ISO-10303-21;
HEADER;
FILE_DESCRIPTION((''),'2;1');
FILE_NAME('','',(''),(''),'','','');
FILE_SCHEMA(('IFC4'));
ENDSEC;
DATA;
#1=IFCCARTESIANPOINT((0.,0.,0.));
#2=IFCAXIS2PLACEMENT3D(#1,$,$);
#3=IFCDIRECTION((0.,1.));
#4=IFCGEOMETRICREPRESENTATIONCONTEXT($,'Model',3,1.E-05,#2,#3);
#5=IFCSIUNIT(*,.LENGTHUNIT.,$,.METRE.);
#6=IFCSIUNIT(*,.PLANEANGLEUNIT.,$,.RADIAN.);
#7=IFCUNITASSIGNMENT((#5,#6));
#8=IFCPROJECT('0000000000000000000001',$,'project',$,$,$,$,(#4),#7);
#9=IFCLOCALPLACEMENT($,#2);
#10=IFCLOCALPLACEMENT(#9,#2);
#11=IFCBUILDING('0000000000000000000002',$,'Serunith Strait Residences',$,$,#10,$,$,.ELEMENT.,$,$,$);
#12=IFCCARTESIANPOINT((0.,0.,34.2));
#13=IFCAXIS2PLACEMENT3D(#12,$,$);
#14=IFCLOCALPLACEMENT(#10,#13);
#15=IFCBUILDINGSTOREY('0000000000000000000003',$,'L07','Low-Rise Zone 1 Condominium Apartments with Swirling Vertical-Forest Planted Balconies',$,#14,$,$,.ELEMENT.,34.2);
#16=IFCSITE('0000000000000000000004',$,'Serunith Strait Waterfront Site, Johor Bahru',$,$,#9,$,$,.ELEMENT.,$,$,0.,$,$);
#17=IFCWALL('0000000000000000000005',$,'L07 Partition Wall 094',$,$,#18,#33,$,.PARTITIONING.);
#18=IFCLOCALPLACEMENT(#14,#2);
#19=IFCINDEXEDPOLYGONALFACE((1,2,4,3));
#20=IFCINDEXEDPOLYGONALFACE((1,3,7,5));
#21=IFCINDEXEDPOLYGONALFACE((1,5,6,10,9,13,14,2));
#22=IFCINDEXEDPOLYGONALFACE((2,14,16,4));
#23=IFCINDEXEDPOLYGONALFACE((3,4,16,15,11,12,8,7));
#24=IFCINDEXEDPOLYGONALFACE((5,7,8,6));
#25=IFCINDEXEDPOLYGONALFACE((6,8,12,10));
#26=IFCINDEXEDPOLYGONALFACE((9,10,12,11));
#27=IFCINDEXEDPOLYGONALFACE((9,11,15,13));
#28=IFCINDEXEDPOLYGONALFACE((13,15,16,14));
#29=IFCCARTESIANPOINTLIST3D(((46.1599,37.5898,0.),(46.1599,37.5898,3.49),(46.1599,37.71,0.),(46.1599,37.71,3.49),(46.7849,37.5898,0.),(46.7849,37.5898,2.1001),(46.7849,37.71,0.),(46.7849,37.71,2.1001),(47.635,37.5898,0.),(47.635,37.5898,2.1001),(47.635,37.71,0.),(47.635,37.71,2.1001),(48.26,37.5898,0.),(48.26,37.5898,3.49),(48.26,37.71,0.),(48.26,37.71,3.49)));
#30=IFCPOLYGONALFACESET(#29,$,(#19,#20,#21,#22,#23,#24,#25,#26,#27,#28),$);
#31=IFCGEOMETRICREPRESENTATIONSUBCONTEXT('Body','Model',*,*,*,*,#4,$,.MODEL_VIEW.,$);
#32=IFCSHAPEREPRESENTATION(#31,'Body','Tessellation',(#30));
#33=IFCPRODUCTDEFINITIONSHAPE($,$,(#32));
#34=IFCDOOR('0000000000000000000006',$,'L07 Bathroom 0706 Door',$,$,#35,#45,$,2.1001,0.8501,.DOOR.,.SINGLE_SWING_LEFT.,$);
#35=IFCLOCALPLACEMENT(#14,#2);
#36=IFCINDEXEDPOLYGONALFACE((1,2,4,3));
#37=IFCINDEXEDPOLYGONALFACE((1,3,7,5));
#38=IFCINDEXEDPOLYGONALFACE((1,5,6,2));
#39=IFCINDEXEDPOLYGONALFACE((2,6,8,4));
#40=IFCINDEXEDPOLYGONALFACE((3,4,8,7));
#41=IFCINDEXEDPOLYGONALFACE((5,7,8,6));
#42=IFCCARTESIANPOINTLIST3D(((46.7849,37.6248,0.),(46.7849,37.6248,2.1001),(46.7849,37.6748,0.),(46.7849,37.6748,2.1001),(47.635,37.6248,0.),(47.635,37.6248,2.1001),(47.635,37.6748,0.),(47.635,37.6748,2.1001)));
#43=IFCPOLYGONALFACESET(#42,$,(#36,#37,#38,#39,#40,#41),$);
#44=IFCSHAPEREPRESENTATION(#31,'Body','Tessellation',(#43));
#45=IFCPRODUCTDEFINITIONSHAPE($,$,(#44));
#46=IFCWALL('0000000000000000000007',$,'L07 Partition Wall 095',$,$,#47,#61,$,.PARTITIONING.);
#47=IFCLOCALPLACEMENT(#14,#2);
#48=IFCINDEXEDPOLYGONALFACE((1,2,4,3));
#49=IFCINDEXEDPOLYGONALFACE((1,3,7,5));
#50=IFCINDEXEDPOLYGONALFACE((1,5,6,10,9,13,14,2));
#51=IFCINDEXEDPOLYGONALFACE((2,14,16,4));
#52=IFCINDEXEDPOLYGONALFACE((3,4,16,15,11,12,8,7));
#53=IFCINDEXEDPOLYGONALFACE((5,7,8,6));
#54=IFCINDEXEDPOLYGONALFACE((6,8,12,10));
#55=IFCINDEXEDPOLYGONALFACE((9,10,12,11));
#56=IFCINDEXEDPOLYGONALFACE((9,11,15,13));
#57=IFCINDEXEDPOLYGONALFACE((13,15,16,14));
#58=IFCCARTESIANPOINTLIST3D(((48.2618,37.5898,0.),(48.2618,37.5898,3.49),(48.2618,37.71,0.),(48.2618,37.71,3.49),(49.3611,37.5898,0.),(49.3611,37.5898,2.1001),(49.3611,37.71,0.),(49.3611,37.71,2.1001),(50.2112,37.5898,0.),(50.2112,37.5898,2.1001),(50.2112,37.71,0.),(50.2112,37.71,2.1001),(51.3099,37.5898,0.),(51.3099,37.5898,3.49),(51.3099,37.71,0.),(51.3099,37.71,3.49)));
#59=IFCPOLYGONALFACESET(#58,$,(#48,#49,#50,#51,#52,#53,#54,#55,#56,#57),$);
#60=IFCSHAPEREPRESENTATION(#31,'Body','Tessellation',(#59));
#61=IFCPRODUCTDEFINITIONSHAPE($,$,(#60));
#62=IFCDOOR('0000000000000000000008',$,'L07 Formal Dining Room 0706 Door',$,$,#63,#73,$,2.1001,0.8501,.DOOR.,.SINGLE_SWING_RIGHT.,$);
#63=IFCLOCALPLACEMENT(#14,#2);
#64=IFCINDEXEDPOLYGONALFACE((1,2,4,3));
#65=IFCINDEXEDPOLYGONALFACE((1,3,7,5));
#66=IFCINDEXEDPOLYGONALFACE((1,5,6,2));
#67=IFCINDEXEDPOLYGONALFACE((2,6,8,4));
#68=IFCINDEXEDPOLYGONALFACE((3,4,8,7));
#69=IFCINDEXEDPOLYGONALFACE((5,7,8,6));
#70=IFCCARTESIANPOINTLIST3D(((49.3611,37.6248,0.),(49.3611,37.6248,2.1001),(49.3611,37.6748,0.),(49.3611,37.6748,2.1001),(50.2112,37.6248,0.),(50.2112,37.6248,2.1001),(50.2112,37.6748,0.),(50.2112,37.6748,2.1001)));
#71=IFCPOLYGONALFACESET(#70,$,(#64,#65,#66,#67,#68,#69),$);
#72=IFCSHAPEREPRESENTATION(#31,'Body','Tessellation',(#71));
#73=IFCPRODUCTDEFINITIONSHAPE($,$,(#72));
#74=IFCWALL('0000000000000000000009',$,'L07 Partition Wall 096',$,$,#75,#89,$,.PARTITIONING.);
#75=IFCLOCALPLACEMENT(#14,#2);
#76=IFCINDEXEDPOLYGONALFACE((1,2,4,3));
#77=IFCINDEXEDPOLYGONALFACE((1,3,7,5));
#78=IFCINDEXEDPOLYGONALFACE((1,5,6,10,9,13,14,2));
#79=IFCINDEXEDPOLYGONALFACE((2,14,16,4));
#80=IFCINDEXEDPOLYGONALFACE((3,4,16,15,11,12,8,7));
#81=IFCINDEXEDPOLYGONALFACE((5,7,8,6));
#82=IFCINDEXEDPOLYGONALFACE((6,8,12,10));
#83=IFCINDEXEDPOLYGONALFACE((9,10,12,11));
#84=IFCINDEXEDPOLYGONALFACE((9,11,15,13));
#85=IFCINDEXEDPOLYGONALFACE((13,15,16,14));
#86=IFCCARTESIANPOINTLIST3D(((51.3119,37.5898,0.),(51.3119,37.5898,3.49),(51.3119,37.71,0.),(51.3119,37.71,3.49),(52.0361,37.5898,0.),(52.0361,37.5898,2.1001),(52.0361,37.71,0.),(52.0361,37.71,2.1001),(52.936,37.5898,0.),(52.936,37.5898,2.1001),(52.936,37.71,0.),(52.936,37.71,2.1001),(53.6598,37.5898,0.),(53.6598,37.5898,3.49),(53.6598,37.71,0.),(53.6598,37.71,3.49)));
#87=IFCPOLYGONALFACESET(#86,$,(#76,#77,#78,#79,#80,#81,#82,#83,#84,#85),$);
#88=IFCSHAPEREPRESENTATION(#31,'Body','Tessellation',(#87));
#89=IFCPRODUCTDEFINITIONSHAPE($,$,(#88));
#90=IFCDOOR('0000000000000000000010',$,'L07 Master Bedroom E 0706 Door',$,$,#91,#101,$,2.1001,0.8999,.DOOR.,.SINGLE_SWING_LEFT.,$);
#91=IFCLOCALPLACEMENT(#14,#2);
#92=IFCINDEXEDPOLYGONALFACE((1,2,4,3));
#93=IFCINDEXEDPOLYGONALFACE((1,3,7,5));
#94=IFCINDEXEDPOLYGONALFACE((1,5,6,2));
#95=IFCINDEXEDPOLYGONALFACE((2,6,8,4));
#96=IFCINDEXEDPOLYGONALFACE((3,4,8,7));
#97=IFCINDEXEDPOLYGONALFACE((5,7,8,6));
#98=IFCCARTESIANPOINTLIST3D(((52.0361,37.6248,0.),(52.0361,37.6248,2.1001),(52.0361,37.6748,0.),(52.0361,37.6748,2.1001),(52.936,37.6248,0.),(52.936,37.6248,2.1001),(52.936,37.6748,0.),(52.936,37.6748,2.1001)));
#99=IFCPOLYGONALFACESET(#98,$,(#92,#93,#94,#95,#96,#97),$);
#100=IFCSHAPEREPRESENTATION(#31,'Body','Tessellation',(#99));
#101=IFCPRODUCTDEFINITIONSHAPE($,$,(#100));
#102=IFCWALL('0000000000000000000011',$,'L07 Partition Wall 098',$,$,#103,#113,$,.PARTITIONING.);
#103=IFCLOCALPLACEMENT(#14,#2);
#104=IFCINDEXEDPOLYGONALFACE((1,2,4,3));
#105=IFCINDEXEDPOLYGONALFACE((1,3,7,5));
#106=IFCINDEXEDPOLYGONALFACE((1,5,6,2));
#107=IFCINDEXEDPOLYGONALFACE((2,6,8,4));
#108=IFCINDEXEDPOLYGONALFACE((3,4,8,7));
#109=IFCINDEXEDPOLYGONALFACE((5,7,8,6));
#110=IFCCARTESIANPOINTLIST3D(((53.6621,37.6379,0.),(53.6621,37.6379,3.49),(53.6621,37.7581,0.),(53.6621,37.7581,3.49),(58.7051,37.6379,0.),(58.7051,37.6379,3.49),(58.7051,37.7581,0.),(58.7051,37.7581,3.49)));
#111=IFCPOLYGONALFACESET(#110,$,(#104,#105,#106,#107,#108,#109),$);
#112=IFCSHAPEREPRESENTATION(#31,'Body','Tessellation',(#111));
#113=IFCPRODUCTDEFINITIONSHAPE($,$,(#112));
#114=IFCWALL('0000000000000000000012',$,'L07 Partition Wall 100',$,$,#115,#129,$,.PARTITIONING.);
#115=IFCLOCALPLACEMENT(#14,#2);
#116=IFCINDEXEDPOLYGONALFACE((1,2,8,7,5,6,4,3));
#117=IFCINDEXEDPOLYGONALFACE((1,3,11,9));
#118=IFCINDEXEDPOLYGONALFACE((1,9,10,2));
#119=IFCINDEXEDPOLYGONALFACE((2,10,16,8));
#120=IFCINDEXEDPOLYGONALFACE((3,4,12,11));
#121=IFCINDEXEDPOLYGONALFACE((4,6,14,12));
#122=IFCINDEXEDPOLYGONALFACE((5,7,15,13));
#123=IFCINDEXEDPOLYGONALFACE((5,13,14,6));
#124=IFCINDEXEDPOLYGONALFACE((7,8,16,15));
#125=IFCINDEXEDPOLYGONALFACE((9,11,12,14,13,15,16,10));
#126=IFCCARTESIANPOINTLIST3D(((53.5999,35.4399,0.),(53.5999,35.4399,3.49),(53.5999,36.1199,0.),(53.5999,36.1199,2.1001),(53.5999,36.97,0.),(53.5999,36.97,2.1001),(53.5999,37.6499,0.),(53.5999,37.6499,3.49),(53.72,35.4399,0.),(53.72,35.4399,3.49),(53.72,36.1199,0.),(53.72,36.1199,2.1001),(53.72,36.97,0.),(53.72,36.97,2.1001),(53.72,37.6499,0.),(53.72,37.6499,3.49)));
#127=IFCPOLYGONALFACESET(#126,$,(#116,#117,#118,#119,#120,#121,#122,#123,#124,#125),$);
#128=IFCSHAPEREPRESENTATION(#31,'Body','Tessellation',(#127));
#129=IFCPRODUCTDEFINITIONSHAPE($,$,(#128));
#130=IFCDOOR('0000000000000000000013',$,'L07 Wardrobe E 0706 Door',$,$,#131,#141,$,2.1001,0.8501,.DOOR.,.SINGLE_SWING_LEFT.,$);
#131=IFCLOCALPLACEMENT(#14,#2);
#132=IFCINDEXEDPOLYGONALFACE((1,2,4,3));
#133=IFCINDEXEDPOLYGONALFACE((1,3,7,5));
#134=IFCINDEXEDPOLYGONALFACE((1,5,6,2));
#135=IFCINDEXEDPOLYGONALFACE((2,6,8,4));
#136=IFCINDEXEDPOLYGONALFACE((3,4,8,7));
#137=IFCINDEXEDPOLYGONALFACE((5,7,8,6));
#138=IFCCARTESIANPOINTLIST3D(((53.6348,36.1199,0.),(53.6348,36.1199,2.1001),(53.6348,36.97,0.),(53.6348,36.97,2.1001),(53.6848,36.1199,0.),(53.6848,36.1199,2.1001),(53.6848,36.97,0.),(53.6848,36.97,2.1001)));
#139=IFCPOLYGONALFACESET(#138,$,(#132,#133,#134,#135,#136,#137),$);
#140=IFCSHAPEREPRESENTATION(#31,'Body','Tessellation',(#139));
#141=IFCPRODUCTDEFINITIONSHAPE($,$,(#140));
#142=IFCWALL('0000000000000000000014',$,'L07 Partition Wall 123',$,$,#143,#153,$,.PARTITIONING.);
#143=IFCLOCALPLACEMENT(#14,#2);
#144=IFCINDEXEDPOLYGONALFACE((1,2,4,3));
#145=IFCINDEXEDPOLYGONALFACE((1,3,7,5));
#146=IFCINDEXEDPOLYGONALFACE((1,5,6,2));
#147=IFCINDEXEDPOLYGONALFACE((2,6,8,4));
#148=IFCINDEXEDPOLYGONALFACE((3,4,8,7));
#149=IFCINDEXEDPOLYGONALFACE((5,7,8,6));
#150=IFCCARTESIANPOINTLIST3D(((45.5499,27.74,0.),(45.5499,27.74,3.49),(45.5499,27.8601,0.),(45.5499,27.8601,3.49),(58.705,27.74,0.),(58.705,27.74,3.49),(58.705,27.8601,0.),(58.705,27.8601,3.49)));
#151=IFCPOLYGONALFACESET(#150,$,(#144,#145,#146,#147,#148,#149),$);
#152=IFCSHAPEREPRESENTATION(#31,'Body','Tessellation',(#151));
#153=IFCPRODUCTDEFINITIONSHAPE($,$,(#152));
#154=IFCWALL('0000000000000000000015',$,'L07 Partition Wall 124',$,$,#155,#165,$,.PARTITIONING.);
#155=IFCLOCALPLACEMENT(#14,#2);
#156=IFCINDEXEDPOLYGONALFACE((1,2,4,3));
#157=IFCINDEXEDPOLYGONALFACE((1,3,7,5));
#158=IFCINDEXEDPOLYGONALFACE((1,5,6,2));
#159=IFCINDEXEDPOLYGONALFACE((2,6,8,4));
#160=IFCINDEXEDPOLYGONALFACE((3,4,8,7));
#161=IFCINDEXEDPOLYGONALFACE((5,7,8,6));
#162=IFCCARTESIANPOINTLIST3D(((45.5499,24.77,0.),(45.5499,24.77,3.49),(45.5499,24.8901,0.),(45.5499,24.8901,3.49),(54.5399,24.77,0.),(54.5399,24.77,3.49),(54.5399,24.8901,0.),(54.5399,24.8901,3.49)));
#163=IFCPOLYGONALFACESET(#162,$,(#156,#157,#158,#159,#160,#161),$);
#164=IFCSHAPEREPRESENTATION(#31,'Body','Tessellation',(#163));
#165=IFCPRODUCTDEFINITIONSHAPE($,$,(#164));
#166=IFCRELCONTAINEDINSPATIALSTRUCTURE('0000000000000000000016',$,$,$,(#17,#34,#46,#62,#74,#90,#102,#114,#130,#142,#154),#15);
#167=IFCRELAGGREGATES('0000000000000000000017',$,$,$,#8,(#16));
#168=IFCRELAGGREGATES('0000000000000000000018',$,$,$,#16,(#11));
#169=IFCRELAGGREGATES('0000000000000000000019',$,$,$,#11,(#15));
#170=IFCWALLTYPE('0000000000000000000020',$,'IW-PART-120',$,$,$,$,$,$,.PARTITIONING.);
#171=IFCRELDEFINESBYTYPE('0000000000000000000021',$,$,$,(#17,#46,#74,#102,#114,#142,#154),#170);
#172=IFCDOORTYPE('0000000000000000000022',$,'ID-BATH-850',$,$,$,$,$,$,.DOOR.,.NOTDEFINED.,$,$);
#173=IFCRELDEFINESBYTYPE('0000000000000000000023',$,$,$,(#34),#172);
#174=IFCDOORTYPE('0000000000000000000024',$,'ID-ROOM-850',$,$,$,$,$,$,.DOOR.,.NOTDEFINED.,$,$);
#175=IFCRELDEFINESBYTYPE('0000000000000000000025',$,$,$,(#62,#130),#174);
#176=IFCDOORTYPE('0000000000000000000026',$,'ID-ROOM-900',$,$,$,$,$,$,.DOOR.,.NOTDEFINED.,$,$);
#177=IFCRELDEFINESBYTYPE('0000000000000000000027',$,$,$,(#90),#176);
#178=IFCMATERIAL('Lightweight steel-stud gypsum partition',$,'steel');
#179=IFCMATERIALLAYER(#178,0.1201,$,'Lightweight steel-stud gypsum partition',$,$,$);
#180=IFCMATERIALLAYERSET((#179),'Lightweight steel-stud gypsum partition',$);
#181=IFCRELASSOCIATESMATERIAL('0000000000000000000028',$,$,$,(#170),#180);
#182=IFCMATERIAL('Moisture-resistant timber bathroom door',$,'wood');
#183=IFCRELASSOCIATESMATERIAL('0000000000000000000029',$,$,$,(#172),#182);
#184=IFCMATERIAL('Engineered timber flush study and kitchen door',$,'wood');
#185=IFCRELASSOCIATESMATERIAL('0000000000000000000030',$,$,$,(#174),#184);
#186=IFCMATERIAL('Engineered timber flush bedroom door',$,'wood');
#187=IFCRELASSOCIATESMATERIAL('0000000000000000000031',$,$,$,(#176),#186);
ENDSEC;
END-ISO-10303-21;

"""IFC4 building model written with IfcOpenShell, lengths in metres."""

from ifc_helpers import new_model, si_unit, direction, frame, frame_2d, origin, place, context, subcontext, project, spatial, rectangle, extrude, source, transform, mapped, material, layer, layer_set, type_object, element, fill, save


model = new_model("IFC4")

# Units and contexts
model_context = context("Model", 3, precision=1e-05, world=origin(), true_north=direction((0.0, 1.0)))
body_context = subcontext(model_context, "Body", "Model", "MODEL_VIEW")
ifc_project = project(units=[si_unit("LENGTHUNIT", "METRE"), si_unit("PLANEANGLEUNIT", "RADIAN")], contexts=[model_context])

# Site, building, storey
site_placement = place(None, origin())
site = spatial("IfcSite", under=ifc_project, at=site_placement, Name="Serunith Strait Waterfront Site, Johor Bahru", CompositionType="ELEMENT", RefElevation=0.0)
building_placement = place(site_placement, origin())
building = spatial("IfcBuilding", under=site, at=building_placement, Name="Serunith Strait Residences", CompositionType="ELEMENT")
storey_placement = place(building_placement, frame((0.0, 0.0, 34.2)))
storey = spatial("IfcBuildingStorey", under=building, at=storey_placement, Name="L07", Description="Low-Rise Zone 1 Condominium Apartments with Swirling Vertical-Forest Planted Balconies", CompositionType="ELEMENT", Elevation=34.2)

# Walls, openings, doors
ifc_material_1 = material(Name="Lightweight steel-stud gypsum partition", Category="steel")
ifc_layer_1 = layer(ifc_material_1, 0.1201, Name="Lightweight steel-stud gypsum partition")
ifc_layer_set_1 = layer_set([ifc_layer_1], Name="Lightweight steel-stud gypsum partition")
wall_type = type_object("IfcWallType", Name="IW-PART-120", PredefinedType="PARTITIONING", material=ifc_layer_set_1)
wall_1_placement = place(storey_placement, frame((46.1599, 37.6499, 0.0), z_axis=(0.0, 0.0, 1.0), x_axis=(1.0, 0.0, 0.0)))
wall_1 = element("IfcWall", 1, at=wall_1_placement, inside=storey, type_object=wall_type, Name="L07 Partition Wall 094", PredefinedType="PARTITIONING", context=body_context, shape_type="SweptSolid", body=[
    extrude(rectangle(XDim=2.1001, YDim=0.1201, at=frame_2d((1.05, 0.0))), origin(), (0.0, 0.0, 1.0), 3.49),
])
opening_1_placement = place(wall_1_placement, frame((0.625, 0.0, 0.0)))
opening_1 = element("IfcOpeningElement", 2, at=opening_1_placement, cuts=wall_1, PredefinedType="OPENING", context=body_context, shape_type="SweptSolid", body=[
    extrude(rectangle(XDim=0.8501, YDim=2.1001, at=frame_2d((0.425, 1.05))), frame((0.0, 0.0701, 0.0), z_axis=(0.0, -1.0, 0.0), x_axis=(1.0, 0.0, 0.0)), (0.0, 0.0, 1.0), 0.1401),
])
ifc_material_2 = material(Name="Moisture-resistant timber bathroom door", Category="wood")
door_type_1 = type_object("IfcDoorType", Name="ID-BATH-850", OperationType="NOTDEFINED", PredefinedType="DOOR", material=ifc_material_2)
shared_shape_1 = source(origin(), body_context, "Body", "SweptSolid", [
    extrude(rectangle(XDim=0.8501, YDim=2.1001, at=frame_2d((0.425, 1.05))), frame((0.0, 0.0249, 0.0), z_axis=(0.0, -1.0, 0.0), x_axis=(1.0, 0.0, 0.0)), (0.0, 0.0, 1.0), 0.05),
])
door_1_placement = place(opening_1_placement, origin())
door_1 = element("IfcDoor", 3, at=door_1_placement, inside=storey, type_object=door_type_1, Name="L07 Bathroom 0706 Door", OperationType="SINGLE_SWING_LEFT", OverallHeight=2.1001, OverallWidth=0.8501, PredefinedType="DOOR", context=body_context, shape_type="MappedRepresentation", body=[
    mapped(shared_shape_1, transform((0.0, 0.0, 0.0), scale=1.0)),
])
fill(opening_1, door_1)
wall_2_placement = place(storey_placement, frame((48.262, 37.6499, 0.0), z_axis=(0.0, 0.0, 1.0), x_axis=(1.0, 0.0, 0.0)))
wall_2 = element("IfcWall", 4, at=wall_2_placement, inside=storey, type_object=wall_type, Name="L07 Partition Wall 095", PredefinedType="PARTITIONING", context=body_context, shape_type="SweptSolid", body=[
    extrude(rectangle(XDim=3.0481, YDim=0.1201, at=frame_2d((1.5239, 0.0))), origin(), (0.0, 0.0, 1.0), 3.49),
])
opening_2_placement = place(wall_2_placement, frame((1.0991, 0.0, 0.0)))
opening_2 = element("IfcOpeningElement", 5, at=opening_2_placement, cuts=wall_2, PredefinedType="OPENING", context=body_context, shape_type="SweptSolid", body=[
    extrude(rectangle(XDim=0.8501, YDim=2.1001, at=frame_2d((0.425, 1.05))), frame((0.0, 0.0701, 0.0), z_axis=(0.0, -1.0, 0.0), x_axis=(1.0, 0.0, 0.0)), (0.0, 0.0, 1.0), 0.1401),
])
ifc_material_3 = material(Name="Engineered timber flush study and kitchen door", Category="wood")
door_type_2 = type_object("IfcDoorType", Name="ID-ROOM-850", OperationType="NOTDEFINED", PredefinedType="DOOR", material=ifc_material_3)
door_2_placement = place(opening_2_placement, origin())
door_2 = element("IfcDoor", 6, at=door_2_placement, inside=storey, type_object=door_type_2, Name="L07 Formal Dining Room 0706 Door", OperationType="SINGLE_SWING_RIGHT", OverallHeight=2.1001, OverallWidth=0.8501, PredefinedType="DOOR", context=body_context, shape_type="MappedRepresentation", body=[
    mapped(shared_shape_1, transform((0.0, 0.0, 0.0), scale=1.0)),
])
fill(opening_2, door_2)
wall_3_placement = place(storey_placement, frame((51.312, 37.6499, 0.0), z_axis=(0.0, 0.0, 1.0), x_axis=(1.0, 0.0, 0.0)))
wall_3 = element("IfcWall", 7, at=wall_3_placement, inside=storey, type_object=wall_type, Name="L07 Partition Wall 096", PredefinedType="PARTITIONING", context=body_context, shape_type="SweptSolid", body=[
    extrude(rectangle(XDim=2.3479, YDim=0.1201, at=frame_2d((1.1738, 0.0))), origin(), (0.0, 0.0, 1.0), 3.49),
])
opening_3_placement = place(wall_3_placement, frame((0.7241, 0.0, 0.0)))
opening_3 = element("IfcOpeningElement", 8, at=opening_3_placement, cuts=wall_3, PredefinedType="OPENING", context=body_context, shape_type="SweptSolid", body=[
    extrude(rectangle(XDim=0.8999, YDim=2.1001, at=frame_2d((0.45, 1.05))), frame((0.0, 0.0701, 0.0), z_axis=(0.0, -1.0, 0.0), x_axis=(1.0, 0.0, 0.0)), (0.0, 0.0, 1.0), 0.1401),
])
ifc_material_4 = material(Name="Engineered timber flush bedroom door", Category="wood")
door_type_3 = type_object("IfcDoorType", Name="ID-ROOM-900", OperationType="NOTDEFINED", PredefinedType="DOOR", material=ifc_material_4)
shared_shape_2 = source(origin(), body_context, "Body", "SweptSolid", [
    extrude(rectangle(XDim=0.8999, YDim=2.1001, at=frame_2d((0.45, 1.05))), frame((0.0, 0.0249, 0.0), z_axis=(0.0, -1.0, 0.0), x_axis=(1.0, 0.0, 0.0)), (0.0, 0.0, 1.0), 0.05),
])
door_3_placement = place(opening_3_placement, origin())
door_3 = element("IfcDoor", 9, at=door_3_placement, inside=storey, type_object=door_type_3, Name="L07 Master Bedroom E 0706 Door", OperationType="SINGLE_SWING_LEFT", OverallHeight=2.1001, OverallWidth=0.8999, PredefinedType="DOOR", context=body_context, shape_type="MappedRepresentation", body=[
    mapped(shared_shape_2, transform((0.0, 0.0, 0.0), scale=1.0)),
])
fill(opening_3, door_3)

# Wall
wall_4_placement = place(storey_placement, frame((53.6621, 37.698, 0.0), z_axis=(0.0, 0.0, 1.0), x_axis=(1.0, 0.0, 0.0)))
element("IfcWall", 10, at=wall_4_placement, inside=storey, type_object=wall_type, Name="L07 Partition Wall 098", PredefinedType="PARTITIONING", context=body_context, shape_type="SweptSolid", body=[
    extrude(rectangle(XDim=5.043, YDim=0.1201, at=frame_2d((2.5215, 0.0))), origin(), (0.0, 0.0, 1.0), 3.49),
])

# Wall, opening, door
wall_5_placement = place(storey_placement, frame((53.6599, 37.6499, 0.0), z_axis=(0.0, 0.0, 1.0), x_axis=(0.0, -1.0, 0.0)))
wall_5 = element("IfcWall", 11, at=wall_5_placement, inside=storey, type_object=wall_type, Name="L07 Partition Wall 100", PredefinedType="PARTITIONING", context=body_context, shape_type="SweptSolid", body=[
    extrude(rectangle(XDim=2.21, YDim=0.1201, at=frame_2d((1.105, 0.0))), origin(), (0.0, 0.0, 1.0), 3.49),
])
opening_4_placement = place(wall_5_placement, frame((0.6799, 0.0, 0.0)))
opening_4 = element("IfcOpeningElement", 12, at=opening_4_placement, cuts=wall_5, PredefinedType="OPENING", context=body_context, shape_type="SweptSolid", body=[
    extrude(rectangle(XDim=0.8501, YDim=2.1001, at=frame_2d((0.425, 1.05))), frame((0.0, 0.0701, 0.0), z_axis=(0.0, -1.0, 0.0), x_axis=(1.0, 0.0, 0.0)), (0.0, 0.0, 1.0), 0.1401),
])
door_4_placement = place(opening_4_placement, origin())
door_4 = element("IfcDoor", 13, at=door_4_placement, inside=storey, type_object=door_type_2, Name="L07 Wardrobe E 0706 Door", OperationType="SINGLE_SWING_LEFT", OverallHeight=2.1001, OverallWidth=0.8501, PredefinedType="DOOR", context=body_context, shape_type="MappedRepresentation", body=[
    mapped(shared_shape_1, transform((0.0, 0.0, 0.0), scale=1.0)),
])
fill(opening_4, door_4)

# Walls
wall_6_placement = place(storey_placement, frame((58.7051, 27.8, 0.0), z_axis=(0.0, 0.0, 1.0), x_axis=(-1.0, 0.0, 0.0)))
element("IfcWall", 14, at=wall_6_placement, inside=storey, type_object=wall_type, Name="L07 Partition Wall 123", PredefinedType="PARTITIONING", context=body_context, shape_type="SweptSolid", body=[
    extrude(rectangle(XDim=13.155, YDim=0.1201, at=frame_2d((6.5776, 0.0))), origin(), (0.0, 0.0, 1.0), 3.49),
])
wall_7_placement = place(storey_placement, frame((54.54, 24.8301, 0.0), z_axis=(0.0, 0.0, 1.0), x_axis=(-1.0, 0.0, 0.0)))
element("IfcWall", 15, at=wall_7_placement, inside=storey, type_object=wall_type, Name="L07 Partition Wall 124", PredefinedType="PARTITIONING", context=body_context, shape_type="SweptSolid", body=[
    extrude(rectangle(XDim=8.99, YDim=0.1201, at=frame_2d((4.4951, 0.0))), origin(), (0.0, 0.0, 1.0), 3.49),
])

save(model, "model.ifc")
